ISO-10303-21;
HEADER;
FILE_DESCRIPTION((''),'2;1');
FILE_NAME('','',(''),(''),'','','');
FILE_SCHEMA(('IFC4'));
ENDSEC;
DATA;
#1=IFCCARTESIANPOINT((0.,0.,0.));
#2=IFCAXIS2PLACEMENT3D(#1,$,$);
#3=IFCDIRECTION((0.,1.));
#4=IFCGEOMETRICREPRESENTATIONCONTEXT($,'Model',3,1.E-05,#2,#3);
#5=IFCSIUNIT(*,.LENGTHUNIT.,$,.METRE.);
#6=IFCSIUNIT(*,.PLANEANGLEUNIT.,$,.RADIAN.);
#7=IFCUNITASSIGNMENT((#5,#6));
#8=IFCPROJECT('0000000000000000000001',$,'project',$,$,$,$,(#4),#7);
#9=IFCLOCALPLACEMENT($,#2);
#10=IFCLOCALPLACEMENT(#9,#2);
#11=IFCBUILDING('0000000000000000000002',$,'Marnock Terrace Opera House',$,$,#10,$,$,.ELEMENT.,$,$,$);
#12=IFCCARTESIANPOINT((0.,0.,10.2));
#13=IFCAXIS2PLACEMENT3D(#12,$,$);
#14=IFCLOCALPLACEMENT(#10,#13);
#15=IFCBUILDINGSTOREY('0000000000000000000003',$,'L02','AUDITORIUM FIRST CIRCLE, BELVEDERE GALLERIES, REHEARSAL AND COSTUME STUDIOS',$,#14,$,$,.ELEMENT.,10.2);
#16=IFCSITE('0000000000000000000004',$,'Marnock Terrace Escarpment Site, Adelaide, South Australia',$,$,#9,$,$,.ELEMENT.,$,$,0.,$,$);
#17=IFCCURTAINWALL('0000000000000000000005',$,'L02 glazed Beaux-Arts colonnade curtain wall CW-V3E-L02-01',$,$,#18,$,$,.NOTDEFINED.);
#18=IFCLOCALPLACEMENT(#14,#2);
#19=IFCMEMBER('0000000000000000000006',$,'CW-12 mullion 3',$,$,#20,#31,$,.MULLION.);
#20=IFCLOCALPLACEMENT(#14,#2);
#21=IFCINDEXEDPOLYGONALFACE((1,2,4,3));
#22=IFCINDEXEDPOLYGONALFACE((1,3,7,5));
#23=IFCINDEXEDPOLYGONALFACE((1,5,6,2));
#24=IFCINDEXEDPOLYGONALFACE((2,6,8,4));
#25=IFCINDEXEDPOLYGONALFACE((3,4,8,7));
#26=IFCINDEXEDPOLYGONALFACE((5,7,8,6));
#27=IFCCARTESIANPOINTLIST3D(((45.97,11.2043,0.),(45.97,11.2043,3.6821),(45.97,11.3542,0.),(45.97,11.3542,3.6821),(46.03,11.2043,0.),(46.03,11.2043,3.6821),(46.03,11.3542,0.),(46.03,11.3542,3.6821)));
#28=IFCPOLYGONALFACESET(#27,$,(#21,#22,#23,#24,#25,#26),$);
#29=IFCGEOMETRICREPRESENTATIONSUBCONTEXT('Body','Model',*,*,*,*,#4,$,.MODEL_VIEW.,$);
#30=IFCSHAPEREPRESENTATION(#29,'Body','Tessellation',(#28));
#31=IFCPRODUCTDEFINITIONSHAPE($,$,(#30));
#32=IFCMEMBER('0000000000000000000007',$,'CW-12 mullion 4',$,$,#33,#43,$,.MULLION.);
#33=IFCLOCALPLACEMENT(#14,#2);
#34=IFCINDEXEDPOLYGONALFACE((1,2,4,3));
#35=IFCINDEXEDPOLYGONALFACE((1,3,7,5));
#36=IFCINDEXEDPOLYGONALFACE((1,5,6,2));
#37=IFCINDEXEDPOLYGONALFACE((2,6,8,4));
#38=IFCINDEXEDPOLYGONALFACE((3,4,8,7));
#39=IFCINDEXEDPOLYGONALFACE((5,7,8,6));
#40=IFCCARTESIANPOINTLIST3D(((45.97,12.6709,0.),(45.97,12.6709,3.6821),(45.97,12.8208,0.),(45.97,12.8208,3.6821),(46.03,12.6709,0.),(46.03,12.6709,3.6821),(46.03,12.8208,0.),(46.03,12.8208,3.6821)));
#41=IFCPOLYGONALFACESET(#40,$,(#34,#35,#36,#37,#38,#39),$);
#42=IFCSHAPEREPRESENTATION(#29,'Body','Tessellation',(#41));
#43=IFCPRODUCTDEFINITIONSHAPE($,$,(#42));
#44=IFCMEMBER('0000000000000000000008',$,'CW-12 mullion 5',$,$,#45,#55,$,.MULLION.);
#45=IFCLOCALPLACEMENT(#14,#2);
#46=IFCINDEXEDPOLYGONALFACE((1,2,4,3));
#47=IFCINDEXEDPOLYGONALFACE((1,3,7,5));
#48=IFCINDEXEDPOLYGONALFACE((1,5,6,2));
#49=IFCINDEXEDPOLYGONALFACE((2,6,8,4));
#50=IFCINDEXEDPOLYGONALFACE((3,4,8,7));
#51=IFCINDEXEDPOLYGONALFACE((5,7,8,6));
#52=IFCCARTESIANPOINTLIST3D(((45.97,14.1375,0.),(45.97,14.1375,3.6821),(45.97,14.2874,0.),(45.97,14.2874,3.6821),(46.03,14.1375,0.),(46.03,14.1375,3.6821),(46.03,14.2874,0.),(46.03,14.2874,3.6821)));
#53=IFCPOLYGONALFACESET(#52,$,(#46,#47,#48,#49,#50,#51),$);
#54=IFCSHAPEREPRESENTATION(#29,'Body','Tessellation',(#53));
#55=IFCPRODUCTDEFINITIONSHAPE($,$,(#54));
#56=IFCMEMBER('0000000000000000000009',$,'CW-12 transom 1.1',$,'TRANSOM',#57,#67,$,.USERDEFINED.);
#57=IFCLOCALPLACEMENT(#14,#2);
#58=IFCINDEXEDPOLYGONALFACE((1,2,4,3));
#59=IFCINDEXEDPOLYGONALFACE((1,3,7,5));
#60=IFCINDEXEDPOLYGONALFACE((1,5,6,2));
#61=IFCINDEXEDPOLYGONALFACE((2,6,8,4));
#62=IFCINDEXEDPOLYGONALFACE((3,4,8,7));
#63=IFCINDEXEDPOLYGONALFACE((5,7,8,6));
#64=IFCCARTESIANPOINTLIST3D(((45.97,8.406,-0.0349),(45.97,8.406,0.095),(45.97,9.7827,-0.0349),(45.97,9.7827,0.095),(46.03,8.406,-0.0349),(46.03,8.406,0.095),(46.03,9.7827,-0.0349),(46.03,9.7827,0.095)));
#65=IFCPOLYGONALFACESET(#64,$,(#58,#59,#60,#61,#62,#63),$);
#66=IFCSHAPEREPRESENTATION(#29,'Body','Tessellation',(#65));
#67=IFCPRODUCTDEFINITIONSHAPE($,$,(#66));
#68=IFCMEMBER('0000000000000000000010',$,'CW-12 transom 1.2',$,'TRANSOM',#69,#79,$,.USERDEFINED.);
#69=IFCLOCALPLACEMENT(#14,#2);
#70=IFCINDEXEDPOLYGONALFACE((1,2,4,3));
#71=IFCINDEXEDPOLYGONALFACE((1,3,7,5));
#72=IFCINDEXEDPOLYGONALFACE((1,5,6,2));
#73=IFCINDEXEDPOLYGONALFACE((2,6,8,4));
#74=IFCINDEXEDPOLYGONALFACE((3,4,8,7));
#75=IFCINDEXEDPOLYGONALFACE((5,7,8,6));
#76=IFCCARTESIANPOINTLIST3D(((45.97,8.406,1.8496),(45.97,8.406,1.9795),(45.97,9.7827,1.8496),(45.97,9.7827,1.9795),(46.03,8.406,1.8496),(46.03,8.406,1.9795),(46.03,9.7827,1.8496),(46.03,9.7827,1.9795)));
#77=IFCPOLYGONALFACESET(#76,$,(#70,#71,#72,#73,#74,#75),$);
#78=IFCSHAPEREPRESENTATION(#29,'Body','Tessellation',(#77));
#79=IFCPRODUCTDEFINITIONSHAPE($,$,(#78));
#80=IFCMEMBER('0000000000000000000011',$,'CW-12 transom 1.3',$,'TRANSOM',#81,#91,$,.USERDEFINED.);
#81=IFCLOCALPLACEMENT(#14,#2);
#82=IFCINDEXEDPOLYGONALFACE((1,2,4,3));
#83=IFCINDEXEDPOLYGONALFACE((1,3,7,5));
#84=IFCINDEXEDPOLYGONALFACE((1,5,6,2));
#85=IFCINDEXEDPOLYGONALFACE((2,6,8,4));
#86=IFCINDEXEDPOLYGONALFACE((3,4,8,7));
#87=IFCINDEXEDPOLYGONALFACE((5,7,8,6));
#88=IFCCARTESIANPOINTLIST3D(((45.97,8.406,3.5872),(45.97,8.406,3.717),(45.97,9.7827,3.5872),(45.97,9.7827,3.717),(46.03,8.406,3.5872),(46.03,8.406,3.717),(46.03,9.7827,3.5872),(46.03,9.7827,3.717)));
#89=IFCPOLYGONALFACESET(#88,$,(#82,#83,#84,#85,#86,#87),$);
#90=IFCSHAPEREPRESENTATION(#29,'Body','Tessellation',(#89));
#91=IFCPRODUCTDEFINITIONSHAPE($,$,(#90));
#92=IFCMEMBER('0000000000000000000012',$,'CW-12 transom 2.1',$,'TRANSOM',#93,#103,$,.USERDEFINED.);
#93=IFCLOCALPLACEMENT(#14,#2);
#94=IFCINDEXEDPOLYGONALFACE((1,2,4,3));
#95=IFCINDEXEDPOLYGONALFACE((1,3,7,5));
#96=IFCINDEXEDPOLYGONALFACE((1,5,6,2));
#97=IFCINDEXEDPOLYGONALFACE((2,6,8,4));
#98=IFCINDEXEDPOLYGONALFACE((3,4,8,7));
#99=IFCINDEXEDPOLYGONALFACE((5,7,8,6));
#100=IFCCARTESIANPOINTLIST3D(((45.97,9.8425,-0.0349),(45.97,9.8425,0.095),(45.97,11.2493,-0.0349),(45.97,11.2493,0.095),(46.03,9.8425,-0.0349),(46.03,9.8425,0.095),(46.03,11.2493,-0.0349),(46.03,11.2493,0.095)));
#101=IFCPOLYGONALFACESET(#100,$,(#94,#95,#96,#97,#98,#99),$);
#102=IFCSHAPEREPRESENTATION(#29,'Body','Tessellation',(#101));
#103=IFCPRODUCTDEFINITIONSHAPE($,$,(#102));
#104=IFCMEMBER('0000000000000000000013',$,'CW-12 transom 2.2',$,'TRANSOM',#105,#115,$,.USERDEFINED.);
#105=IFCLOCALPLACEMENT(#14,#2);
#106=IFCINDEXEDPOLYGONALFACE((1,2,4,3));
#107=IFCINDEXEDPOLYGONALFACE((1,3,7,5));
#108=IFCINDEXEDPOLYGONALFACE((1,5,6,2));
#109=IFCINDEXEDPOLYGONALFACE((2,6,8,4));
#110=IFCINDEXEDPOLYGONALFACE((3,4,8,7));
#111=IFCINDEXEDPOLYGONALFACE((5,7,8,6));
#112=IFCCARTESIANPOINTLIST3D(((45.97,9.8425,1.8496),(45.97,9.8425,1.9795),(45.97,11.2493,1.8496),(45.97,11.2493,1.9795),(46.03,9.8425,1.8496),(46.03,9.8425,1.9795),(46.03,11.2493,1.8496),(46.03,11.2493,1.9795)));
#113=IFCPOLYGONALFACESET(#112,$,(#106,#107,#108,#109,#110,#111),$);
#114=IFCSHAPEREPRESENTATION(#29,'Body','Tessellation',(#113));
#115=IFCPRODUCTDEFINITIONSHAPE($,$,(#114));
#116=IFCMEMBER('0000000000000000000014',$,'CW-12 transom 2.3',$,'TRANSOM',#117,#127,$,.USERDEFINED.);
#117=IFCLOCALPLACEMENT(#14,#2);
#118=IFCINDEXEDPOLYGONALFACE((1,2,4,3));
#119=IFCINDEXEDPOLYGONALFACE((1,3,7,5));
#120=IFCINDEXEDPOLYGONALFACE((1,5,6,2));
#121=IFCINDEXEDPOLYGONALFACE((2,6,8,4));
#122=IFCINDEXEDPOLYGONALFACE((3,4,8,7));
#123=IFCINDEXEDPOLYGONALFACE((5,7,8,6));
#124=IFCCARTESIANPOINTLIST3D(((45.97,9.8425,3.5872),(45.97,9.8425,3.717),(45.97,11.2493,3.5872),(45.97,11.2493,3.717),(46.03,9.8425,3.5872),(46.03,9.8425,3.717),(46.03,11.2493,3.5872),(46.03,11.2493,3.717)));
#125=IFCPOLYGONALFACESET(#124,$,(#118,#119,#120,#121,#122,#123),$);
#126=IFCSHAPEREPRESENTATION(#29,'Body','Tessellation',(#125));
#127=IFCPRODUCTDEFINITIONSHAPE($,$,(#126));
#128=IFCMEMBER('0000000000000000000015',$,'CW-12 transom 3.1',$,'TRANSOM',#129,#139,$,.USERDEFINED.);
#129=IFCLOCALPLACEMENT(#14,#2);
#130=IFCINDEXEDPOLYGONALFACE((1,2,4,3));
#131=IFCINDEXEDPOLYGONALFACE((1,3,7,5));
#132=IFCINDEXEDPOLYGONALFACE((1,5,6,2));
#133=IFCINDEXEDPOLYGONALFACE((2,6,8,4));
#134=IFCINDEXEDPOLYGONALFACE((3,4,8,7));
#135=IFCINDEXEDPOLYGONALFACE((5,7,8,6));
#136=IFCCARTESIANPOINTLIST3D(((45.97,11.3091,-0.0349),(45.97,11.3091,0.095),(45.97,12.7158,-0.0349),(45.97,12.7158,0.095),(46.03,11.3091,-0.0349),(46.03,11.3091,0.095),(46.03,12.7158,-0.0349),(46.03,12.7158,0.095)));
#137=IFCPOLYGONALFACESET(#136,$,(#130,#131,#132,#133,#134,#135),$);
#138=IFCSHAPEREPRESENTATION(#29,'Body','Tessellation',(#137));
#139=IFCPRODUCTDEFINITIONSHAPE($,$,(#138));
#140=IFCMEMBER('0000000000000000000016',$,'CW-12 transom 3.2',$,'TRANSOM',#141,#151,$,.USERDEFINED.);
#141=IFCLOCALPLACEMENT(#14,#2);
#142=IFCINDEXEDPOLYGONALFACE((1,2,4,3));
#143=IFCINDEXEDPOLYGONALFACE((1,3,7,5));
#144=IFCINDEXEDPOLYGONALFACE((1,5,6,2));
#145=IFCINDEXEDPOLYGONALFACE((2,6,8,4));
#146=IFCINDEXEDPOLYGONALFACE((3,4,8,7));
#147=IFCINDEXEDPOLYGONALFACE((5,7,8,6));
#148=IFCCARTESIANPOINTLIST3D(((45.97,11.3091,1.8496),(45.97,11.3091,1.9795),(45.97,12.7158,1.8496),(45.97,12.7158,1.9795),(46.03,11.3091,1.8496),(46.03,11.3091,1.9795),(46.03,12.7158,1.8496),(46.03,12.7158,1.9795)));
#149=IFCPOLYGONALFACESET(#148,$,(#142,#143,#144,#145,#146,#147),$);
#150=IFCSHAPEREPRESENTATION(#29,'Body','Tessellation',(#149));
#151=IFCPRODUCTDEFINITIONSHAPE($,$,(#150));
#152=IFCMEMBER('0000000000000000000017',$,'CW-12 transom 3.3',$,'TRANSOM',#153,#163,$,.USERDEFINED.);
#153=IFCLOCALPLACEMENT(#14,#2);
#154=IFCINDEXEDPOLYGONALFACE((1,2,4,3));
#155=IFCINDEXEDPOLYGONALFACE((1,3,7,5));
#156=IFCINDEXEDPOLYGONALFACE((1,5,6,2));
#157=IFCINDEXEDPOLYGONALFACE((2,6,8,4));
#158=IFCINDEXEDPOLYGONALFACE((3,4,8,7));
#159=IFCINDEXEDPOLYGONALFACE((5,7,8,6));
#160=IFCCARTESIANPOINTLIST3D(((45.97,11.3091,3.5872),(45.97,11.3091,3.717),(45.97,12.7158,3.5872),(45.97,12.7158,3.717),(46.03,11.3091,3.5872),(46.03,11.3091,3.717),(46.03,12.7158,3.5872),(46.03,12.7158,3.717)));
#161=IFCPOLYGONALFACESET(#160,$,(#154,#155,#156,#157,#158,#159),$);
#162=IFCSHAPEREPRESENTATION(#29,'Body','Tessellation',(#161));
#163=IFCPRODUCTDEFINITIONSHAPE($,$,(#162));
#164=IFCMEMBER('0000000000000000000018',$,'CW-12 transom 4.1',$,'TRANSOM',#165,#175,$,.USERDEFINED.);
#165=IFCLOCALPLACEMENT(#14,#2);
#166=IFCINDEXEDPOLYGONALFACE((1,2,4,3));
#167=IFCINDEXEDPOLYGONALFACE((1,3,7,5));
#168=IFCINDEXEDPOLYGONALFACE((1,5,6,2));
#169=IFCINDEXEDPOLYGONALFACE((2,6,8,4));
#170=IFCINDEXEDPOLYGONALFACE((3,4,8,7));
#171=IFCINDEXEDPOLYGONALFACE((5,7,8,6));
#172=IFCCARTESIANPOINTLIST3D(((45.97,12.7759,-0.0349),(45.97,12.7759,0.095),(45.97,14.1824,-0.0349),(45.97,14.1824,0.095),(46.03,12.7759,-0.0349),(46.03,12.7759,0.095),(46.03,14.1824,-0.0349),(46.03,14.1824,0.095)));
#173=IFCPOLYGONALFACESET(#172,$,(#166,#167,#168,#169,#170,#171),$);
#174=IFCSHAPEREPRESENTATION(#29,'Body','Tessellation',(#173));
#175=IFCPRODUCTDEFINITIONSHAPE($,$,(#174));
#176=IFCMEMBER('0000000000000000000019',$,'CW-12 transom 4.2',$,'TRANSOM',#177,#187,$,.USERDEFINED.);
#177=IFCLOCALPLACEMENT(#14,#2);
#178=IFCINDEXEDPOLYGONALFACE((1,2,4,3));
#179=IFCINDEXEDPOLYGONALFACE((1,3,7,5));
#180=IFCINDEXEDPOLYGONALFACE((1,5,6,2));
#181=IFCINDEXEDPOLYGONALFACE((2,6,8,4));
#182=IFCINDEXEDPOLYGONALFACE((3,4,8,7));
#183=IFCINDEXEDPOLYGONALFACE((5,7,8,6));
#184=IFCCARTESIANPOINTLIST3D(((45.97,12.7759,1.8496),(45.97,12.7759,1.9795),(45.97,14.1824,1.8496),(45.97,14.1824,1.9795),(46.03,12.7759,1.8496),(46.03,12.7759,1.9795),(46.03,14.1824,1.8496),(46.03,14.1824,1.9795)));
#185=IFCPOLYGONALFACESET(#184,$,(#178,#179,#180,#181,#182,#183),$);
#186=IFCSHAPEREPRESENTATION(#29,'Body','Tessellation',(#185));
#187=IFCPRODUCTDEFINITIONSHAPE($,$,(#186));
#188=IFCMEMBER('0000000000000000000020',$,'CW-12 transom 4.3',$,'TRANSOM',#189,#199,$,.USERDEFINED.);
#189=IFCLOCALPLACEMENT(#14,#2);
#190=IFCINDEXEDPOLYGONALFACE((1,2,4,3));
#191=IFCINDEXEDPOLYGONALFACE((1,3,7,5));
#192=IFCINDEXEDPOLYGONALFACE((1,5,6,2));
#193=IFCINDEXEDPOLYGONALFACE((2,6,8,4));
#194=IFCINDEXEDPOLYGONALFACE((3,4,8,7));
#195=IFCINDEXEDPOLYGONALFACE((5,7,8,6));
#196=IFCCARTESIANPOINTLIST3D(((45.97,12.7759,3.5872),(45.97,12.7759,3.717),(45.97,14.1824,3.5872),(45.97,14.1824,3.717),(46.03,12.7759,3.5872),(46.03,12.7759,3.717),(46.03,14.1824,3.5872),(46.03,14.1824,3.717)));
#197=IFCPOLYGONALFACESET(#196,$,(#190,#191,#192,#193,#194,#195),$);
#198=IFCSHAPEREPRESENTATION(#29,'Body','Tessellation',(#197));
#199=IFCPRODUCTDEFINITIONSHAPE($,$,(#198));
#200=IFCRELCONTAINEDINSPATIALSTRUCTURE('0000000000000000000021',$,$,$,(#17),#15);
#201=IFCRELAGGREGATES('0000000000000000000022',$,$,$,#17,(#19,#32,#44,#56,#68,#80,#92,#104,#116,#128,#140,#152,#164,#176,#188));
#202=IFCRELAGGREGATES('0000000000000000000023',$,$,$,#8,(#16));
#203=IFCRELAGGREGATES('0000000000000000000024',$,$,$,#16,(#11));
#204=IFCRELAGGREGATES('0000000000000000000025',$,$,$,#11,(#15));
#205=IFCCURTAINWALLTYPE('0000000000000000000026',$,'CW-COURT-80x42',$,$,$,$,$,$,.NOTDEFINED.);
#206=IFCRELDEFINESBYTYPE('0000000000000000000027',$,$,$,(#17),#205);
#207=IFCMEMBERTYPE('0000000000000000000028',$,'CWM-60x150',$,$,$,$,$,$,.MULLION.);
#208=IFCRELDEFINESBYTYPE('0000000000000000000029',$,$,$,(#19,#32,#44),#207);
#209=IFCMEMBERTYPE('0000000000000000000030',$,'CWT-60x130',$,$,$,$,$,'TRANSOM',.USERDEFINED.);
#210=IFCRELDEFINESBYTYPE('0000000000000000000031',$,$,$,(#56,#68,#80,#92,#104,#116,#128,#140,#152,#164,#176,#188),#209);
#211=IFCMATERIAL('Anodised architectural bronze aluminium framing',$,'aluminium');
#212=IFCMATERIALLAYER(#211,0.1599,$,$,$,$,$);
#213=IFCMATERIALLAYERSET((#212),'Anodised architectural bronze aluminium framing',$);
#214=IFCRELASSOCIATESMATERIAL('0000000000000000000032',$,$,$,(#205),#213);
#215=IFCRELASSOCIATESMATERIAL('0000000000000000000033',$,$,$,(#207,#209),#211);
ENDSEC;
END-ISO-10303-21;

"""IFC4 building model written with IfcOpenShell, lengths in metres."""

from ifc_helpers import new_model, si_unit, direction, frame, origin, origin_2d, place, context, subcontext, project, spatial, rectangle, extrude, material, layer, layer_set, material_profile, profile_set, type_object, element, aggregate, save


model = new_model("IFC4")

# Units and contexts
model_context = context("Model", 3, precision=1e-05, world=origin(), true_north=direction((0.0, 1.0)))
body_context = subcontext(model_context, "Body", "Model", "MODEL_VIEW")
ifc_project = project(units=[si_unit("LENGTHUNIT", "METRE"), si_unit("PLANEANGLEUNIT", "RADIAN")], contexts=[model_context])

# Site, building, storey
site_placement = place(None, origin())
site = spatial("IfcSite", under=ifc_project, at=site_placement, Name="Marnock Terrace Escarpment Site, Adelaide, South Australia", CompositionType="ELEMENT", RefElevation=0.0)
building_placement = place(site_placement, origin())
building = spatial("IfcBuilding", under=site, at=building_placement, Name="Marnock Terrace Opera House", CompositionType="ELEMENT")
storey_placement = place(building_placement, frame((0.0, 0.0, 10.2)))
storey = spatial("IfcBuildingStorey", under=building, at=storey_placement, Name="L02", Description="AUDITORIUM FIRST CIRCLE, BELVEDERE GALLERIES, REHEARSAL AND COSTUME STUDIOS", CompositionType="ELEMENT", Elevation=10.2)

# Curtain wall, members
ifc_material_1 = material(Name="Anodised architectural bronze aluminium framing", Category="aluminium")
ifc_layer_1 = layer(ifc_material_1, 0.1599)
ifc_layer_set_1 = layer_set([ifc_layer_1], Name="Anodised architectural bronze aluminium framing")
curtain_wall_type = type_object("IfcCurtainWallType", Name="CW-COURT-80x42", PredefinedType="NOTDEFINED", material=ifc_layer_set_1)
curtain_wall_placement = place(storey_placement, origin())
curtain_wall = element("IfcCurtainWall", 1, at=curtain_wall_placement, inside=storey, type_object=curtain_wall_type, Name="L02 glazed Beaux-Arts colonnade curtain wall CW-V3E-L02-01", PredefinedType="NOTDEFINED")
ifc_material_profile_1 = material_profile(ifc_material_1, rectangle(XDim=0.0601, YDim=0.1499, at=origin_2d()))
ifc_profile_set_1 = profile_set([ifc_material_profile_1], Name="Anodised architectural bronze aluminium framing")
member_type_1 = type_object("IfcMemberType", Name="CWM-60x150", PredefinedType="MULLION", material=ifc_profile_set_1)
member_1_placement = place(storey_placement, frame((46.0, 11.2793, 0.0), z_axis=(0.0, 0.0, 1.0), x_axis=(-1.0, 0.0, 0.0)))
member_1 = element("IfcMember", 2, at=member_1_placement, type_object=member_type_1, Name="CW-12 mullion 3", PredefinedType="MULLION", context=body_context, shape_type="SweptSolid", body=[
    extrude(rectangle(XDim=0.0601, YDim=0.1499, at=origin_2d()), origin(), (0.0, 0.0, 1.0), 3.6821),
])
member_2_placement = place(storey_placement, frame((46.0, 12.7458, 0.0), z_axis=(0.0, 0.0, 1.0), x_axis=(-1.0, 0.0, 0.0)))
member_2 = element("IfcMember", 3, at=member_2_placement, type_object=member_type_1, Name="CW-12 mullion 4", PredefinedType="MULLION", context=body_context, shape_type="SweptSolid", body=[
    extrude(rectangle(XDim=0.0601, YDim=0.1499, at=origin_2d()), origin(), (0.0, 0.0, 1.0), 3.6821),
])
member_3_placement = place(storey_placement, frame((46.0, 14.2124, 0.0), z_axis=(0.0, 0.0, 1.0), x_axis=(-1.0, 0.0, 0.0)))
member_3 = element("IfcMember", 4, at=member_3_placement, type_object=member_type_1, Name="CW-12 mullion 5", PredefinedType="MULLION", context=body_context, shape_type="SweptSolid", body=[
    extrude(rectangle(XDim=0.0601, YDim=0.1499, at=origin_2d()), origin(), (0.0, 0.0, 1.0), 3.6821),
])
ifc_material_profile_2 = material_profile(ifc_material_1, rectangle(XDim=0.0601, YDim=0.1299, at=origin_2d()))
ifc_profile_set_2 = profile_set([ifc_material_profile_2], Name="Anodised architectural bronze aluminium framing")
member_type_2 = type_object("IfcMemberType", Name="CWT-60x130", ElementType="TRANSOM", PredefinedType="USERDEFINED", material=ifc_profile_set_2)
member_4_placement = place(storey_placement, frame((46.0, 8.406, 0.03), z_axis=(0.0, 1.0, 0.0), x_axis=(-1.0, 0.0, 0.0)))
member_4 = element("IfcMember", 5, at=member_4_placement, type_object=member_type_2, Name="CW-12 transom 1.1", ObjectType="TRANSOM", PredefinedType="USERDEFINED", context=body_context, shape_type="SweptSolid", body=[
    extrude(rectangle(XDim=0.0601, YDim=0.1299, at=origin_2d()), origin(), (0.0, 0.0, 1.0), 1.3767),
])
member_5_placement = place(storey_placement, frame((46.0, 8.406, 1.9146), z_axis=(0.0, 1.0, 0.0), x_axis=(-1.0, 0.0, 0.0)))
member_5 = element("IfcMember", 6, at=member_5_placement, type_object=member_type_2, Name="CW-12 transom 1.2", ObjectType="TRANSOM", PredefinedType="USERDEFINED", context=body_context, shape_type="SweptSolid", body=[
    extrude(rectangle(XDim=0.0601, YDim=0.1299, at=origin_2d()), origin(), (0.0, 0.0, 1.0), 1.3767),
])
member_6_placement = place(storey_placement, frame((46.0, 8.406, 3.6521), z_axis=(0.0, 1.0, 0.0), x_axis=(-1.0, 0.0, 0.0)))
member_6 = element("IfcMember", 7, at=member_6_placement, type_object=member_type_2, Name="CW-12 transom 1.3", ObjectType="TRANSOM", PredefinedType="USERDEFINED", context=body_context, shape_type="SweptSolid", body=[
    extrude(rectangle(XDim=0.0601, YDim=0.1299, at=origin_2d()), origin(), (0.0, 0.0, 1.0), 1.3767),
])
member_7_placement = place(storey_placement, frame((46.0, 9.8425, 0.03), z_axis=(0.0, 1.0, 0.0), x_axis=(-1.0, 0.0, 0.0)))
member_7 = element("IfcMember", 8, at=member_7_placement, type_object=member_type_2, Name="CW-12 transom 2.1", ObjectType="TRANSOM", PredefinedType="USERDEFINED", context=body_context, shape_type="SweptSolid", body=[
    extrude(rectangle(XDim=0.0601, YDim=0.1299, at=origin_2d()), origin(), (0.0, 0.0, 1.0), 1.4067),
])
member_8_placement = place(storey_placement, frame((46.0, 9.8425, 1.9146), z_axis=(0.0, 1.0, 0.0), x_axis=(-1.0, 0.0, 0.0)))
member_8 = element("IfcMember", 9, at=member_8_placement, type_object=member_type_2, Name="CW-12 transom 2.2", ObjectType="TRANSOM", PredefinedType="USERDEFINED", context=body_context, shape_type="SweptSolid", body=[
    extrude(rectangle(XDim=0.0601, YDim=0.1299, at=origin_2d()), origin(), (0.0, 0.0, 1.0), 1.4067),
])
member_9_placement = place(storey_placement, frame((46.0, 9.8425, 3.6521), z_axis=(0.0, 1.0, 0.0), x_axis=(-1.0, 0.0, 0.0)))
member_9 = element("IfcMember", 10, at=member_9_placement, type_object=member_type_2, Name="CW-12 transom 2.3", ObjectType="TRANSOM", PredefinedType="USERDEFINED", context=body_context, shape_type="SweptSolid", body=[
    extrude(rectangle(XDim=0.0601, YDim=0.1299, at=origin_2d()), origin(), (0.0, 0.0, 1.0), 1.4067),
])
member_10_placement = place(storey_placement, frame((46.0, 11.3091, 0.03), z_axis=(0.0, 1.0, 0.0), x_axis=(-1.0, 0.0, 0.0)))
member_10 = element("IfcMember", 11, at=member_10_placement, type_object=member_type_2, Name="CW-12 transom 3.1", ObjectType="TRANSOM", PredefinedType="USERDEFINED", context=body_context, shape_type="SweptSolid", body=[
    extrude(rectangle(XDim=0.0601, YDim=0.1299, at=origin_2d()), origin(), (0.0, 0.0, 1.0), 1.4067),
])
member_11_placement = place(storey_placement, frame((46.0, 11.3091, 1.9146), z_axis=(0.0, 1.0, 0.0), x_axis=(-1.0, 0.0, 0.0)))
member_11 = element("IfcMember", 12, at=member_11_placement, type_object=member_type_2, Name="CW-12 transom 3.2", ObjectType="TRANSOM", PredefinedType="USERDEFINED", context=body_context, shape_type="SweptSolid", body=[
    extrude(rectangle(XDim=0.0601, YDim=0.1299, at=origin_2d()), origin(), (0.0, 0.0, 1.0), 1.4067),
])
member_12_placement = place(storey_placement, frame((46.0, 11.3091, 3.6521), z_axis=(0.0, 1.0, 0.0), x_axis=(-1.0, 0.0, 0.0)))
member_12 = element("IfcMember", 13, at=member_12_placement, type_object=member_type_2, Name="CW-12 transom 3.3", ObjectType="TRANSOM", PredefinedType="USERDEFINED", context=body_context, shape_type="SweptSolid", body=[
    extrude(rectangle(XDim=0.0601, YDim=0.1299, at=origin_2d()), origin(), (0.0, 0.0, 1.0), 1.4067),
])
member_13_placement = place(storey_placement, frame((46.0, 12.7759, 0.03), z_axis=(0.0, 1.0, 0.0), x_axis=(-1.0, 0.0, 0.0)))
member_13 = element("IfcMember", 14, at=member_13_placement, type_object=member_type_2, Name="CW-12 transom 4.1", ObjectType="TRANSOM", PredefinedType="USERDEFINED", context=body_context, shape_type="SweptSolid", body=[
    extrude(rectangle(XDim=0.0601, YDim=0.1299, at=origin_2d()), origin(), (0.0, 0.0, 1.0), 1.4065),
])
member_14_placement = place(storey_placement, frame((46.0, 12.7759, 1.9146), z_axis=(0.0, 1.0, 0.0), x_axis=(-1.0, 0.0, 0.0)))
member_14 = element("IfcMember", 15, at=member_14_placement, type_object=member_type_2, Name="CW-12 transom 4.2", ObjectType="TRANSOM", PredefinedType="USERDEFINED", context=body_context, shape_type="SweptSolid", body=[
    extrude(rectangle(XDim=0.0601, YDim=0.1299, at=origin_2d()), origin(), (0.0, 0.0, 1.0), 1.4065),
])
member_15_placement = place(storey_placement, frame((46.0, 12.7759, 3.6521), z_axis=(0.0, 1.0, 0.0), x_axis=(-1.0, 0.0, 0.0)))
member_15 = element("IfcMember", 16, at=member_15_placement, type_object=member_type_2, Name="CW-12 transom 4.3", ObjectType="TRANSOM", PredefinedType="USERDEFINED", context=body_context, shape_type="SweptSolid", body=[
    extrude(rectangle(XDim=0.0601, YDim=0.1299, at=origin_2d()), origin(), (0.0, 0.0, 1.0), 1.4065),
])
aggregate(curtain_wall, [member_1, member_2, member_3, member_4, member_5, member_6, member_7, member_8, member_9, member_10, member_11, member_12, member_13, member_14, member_15])

save(model, "model.ifc")
